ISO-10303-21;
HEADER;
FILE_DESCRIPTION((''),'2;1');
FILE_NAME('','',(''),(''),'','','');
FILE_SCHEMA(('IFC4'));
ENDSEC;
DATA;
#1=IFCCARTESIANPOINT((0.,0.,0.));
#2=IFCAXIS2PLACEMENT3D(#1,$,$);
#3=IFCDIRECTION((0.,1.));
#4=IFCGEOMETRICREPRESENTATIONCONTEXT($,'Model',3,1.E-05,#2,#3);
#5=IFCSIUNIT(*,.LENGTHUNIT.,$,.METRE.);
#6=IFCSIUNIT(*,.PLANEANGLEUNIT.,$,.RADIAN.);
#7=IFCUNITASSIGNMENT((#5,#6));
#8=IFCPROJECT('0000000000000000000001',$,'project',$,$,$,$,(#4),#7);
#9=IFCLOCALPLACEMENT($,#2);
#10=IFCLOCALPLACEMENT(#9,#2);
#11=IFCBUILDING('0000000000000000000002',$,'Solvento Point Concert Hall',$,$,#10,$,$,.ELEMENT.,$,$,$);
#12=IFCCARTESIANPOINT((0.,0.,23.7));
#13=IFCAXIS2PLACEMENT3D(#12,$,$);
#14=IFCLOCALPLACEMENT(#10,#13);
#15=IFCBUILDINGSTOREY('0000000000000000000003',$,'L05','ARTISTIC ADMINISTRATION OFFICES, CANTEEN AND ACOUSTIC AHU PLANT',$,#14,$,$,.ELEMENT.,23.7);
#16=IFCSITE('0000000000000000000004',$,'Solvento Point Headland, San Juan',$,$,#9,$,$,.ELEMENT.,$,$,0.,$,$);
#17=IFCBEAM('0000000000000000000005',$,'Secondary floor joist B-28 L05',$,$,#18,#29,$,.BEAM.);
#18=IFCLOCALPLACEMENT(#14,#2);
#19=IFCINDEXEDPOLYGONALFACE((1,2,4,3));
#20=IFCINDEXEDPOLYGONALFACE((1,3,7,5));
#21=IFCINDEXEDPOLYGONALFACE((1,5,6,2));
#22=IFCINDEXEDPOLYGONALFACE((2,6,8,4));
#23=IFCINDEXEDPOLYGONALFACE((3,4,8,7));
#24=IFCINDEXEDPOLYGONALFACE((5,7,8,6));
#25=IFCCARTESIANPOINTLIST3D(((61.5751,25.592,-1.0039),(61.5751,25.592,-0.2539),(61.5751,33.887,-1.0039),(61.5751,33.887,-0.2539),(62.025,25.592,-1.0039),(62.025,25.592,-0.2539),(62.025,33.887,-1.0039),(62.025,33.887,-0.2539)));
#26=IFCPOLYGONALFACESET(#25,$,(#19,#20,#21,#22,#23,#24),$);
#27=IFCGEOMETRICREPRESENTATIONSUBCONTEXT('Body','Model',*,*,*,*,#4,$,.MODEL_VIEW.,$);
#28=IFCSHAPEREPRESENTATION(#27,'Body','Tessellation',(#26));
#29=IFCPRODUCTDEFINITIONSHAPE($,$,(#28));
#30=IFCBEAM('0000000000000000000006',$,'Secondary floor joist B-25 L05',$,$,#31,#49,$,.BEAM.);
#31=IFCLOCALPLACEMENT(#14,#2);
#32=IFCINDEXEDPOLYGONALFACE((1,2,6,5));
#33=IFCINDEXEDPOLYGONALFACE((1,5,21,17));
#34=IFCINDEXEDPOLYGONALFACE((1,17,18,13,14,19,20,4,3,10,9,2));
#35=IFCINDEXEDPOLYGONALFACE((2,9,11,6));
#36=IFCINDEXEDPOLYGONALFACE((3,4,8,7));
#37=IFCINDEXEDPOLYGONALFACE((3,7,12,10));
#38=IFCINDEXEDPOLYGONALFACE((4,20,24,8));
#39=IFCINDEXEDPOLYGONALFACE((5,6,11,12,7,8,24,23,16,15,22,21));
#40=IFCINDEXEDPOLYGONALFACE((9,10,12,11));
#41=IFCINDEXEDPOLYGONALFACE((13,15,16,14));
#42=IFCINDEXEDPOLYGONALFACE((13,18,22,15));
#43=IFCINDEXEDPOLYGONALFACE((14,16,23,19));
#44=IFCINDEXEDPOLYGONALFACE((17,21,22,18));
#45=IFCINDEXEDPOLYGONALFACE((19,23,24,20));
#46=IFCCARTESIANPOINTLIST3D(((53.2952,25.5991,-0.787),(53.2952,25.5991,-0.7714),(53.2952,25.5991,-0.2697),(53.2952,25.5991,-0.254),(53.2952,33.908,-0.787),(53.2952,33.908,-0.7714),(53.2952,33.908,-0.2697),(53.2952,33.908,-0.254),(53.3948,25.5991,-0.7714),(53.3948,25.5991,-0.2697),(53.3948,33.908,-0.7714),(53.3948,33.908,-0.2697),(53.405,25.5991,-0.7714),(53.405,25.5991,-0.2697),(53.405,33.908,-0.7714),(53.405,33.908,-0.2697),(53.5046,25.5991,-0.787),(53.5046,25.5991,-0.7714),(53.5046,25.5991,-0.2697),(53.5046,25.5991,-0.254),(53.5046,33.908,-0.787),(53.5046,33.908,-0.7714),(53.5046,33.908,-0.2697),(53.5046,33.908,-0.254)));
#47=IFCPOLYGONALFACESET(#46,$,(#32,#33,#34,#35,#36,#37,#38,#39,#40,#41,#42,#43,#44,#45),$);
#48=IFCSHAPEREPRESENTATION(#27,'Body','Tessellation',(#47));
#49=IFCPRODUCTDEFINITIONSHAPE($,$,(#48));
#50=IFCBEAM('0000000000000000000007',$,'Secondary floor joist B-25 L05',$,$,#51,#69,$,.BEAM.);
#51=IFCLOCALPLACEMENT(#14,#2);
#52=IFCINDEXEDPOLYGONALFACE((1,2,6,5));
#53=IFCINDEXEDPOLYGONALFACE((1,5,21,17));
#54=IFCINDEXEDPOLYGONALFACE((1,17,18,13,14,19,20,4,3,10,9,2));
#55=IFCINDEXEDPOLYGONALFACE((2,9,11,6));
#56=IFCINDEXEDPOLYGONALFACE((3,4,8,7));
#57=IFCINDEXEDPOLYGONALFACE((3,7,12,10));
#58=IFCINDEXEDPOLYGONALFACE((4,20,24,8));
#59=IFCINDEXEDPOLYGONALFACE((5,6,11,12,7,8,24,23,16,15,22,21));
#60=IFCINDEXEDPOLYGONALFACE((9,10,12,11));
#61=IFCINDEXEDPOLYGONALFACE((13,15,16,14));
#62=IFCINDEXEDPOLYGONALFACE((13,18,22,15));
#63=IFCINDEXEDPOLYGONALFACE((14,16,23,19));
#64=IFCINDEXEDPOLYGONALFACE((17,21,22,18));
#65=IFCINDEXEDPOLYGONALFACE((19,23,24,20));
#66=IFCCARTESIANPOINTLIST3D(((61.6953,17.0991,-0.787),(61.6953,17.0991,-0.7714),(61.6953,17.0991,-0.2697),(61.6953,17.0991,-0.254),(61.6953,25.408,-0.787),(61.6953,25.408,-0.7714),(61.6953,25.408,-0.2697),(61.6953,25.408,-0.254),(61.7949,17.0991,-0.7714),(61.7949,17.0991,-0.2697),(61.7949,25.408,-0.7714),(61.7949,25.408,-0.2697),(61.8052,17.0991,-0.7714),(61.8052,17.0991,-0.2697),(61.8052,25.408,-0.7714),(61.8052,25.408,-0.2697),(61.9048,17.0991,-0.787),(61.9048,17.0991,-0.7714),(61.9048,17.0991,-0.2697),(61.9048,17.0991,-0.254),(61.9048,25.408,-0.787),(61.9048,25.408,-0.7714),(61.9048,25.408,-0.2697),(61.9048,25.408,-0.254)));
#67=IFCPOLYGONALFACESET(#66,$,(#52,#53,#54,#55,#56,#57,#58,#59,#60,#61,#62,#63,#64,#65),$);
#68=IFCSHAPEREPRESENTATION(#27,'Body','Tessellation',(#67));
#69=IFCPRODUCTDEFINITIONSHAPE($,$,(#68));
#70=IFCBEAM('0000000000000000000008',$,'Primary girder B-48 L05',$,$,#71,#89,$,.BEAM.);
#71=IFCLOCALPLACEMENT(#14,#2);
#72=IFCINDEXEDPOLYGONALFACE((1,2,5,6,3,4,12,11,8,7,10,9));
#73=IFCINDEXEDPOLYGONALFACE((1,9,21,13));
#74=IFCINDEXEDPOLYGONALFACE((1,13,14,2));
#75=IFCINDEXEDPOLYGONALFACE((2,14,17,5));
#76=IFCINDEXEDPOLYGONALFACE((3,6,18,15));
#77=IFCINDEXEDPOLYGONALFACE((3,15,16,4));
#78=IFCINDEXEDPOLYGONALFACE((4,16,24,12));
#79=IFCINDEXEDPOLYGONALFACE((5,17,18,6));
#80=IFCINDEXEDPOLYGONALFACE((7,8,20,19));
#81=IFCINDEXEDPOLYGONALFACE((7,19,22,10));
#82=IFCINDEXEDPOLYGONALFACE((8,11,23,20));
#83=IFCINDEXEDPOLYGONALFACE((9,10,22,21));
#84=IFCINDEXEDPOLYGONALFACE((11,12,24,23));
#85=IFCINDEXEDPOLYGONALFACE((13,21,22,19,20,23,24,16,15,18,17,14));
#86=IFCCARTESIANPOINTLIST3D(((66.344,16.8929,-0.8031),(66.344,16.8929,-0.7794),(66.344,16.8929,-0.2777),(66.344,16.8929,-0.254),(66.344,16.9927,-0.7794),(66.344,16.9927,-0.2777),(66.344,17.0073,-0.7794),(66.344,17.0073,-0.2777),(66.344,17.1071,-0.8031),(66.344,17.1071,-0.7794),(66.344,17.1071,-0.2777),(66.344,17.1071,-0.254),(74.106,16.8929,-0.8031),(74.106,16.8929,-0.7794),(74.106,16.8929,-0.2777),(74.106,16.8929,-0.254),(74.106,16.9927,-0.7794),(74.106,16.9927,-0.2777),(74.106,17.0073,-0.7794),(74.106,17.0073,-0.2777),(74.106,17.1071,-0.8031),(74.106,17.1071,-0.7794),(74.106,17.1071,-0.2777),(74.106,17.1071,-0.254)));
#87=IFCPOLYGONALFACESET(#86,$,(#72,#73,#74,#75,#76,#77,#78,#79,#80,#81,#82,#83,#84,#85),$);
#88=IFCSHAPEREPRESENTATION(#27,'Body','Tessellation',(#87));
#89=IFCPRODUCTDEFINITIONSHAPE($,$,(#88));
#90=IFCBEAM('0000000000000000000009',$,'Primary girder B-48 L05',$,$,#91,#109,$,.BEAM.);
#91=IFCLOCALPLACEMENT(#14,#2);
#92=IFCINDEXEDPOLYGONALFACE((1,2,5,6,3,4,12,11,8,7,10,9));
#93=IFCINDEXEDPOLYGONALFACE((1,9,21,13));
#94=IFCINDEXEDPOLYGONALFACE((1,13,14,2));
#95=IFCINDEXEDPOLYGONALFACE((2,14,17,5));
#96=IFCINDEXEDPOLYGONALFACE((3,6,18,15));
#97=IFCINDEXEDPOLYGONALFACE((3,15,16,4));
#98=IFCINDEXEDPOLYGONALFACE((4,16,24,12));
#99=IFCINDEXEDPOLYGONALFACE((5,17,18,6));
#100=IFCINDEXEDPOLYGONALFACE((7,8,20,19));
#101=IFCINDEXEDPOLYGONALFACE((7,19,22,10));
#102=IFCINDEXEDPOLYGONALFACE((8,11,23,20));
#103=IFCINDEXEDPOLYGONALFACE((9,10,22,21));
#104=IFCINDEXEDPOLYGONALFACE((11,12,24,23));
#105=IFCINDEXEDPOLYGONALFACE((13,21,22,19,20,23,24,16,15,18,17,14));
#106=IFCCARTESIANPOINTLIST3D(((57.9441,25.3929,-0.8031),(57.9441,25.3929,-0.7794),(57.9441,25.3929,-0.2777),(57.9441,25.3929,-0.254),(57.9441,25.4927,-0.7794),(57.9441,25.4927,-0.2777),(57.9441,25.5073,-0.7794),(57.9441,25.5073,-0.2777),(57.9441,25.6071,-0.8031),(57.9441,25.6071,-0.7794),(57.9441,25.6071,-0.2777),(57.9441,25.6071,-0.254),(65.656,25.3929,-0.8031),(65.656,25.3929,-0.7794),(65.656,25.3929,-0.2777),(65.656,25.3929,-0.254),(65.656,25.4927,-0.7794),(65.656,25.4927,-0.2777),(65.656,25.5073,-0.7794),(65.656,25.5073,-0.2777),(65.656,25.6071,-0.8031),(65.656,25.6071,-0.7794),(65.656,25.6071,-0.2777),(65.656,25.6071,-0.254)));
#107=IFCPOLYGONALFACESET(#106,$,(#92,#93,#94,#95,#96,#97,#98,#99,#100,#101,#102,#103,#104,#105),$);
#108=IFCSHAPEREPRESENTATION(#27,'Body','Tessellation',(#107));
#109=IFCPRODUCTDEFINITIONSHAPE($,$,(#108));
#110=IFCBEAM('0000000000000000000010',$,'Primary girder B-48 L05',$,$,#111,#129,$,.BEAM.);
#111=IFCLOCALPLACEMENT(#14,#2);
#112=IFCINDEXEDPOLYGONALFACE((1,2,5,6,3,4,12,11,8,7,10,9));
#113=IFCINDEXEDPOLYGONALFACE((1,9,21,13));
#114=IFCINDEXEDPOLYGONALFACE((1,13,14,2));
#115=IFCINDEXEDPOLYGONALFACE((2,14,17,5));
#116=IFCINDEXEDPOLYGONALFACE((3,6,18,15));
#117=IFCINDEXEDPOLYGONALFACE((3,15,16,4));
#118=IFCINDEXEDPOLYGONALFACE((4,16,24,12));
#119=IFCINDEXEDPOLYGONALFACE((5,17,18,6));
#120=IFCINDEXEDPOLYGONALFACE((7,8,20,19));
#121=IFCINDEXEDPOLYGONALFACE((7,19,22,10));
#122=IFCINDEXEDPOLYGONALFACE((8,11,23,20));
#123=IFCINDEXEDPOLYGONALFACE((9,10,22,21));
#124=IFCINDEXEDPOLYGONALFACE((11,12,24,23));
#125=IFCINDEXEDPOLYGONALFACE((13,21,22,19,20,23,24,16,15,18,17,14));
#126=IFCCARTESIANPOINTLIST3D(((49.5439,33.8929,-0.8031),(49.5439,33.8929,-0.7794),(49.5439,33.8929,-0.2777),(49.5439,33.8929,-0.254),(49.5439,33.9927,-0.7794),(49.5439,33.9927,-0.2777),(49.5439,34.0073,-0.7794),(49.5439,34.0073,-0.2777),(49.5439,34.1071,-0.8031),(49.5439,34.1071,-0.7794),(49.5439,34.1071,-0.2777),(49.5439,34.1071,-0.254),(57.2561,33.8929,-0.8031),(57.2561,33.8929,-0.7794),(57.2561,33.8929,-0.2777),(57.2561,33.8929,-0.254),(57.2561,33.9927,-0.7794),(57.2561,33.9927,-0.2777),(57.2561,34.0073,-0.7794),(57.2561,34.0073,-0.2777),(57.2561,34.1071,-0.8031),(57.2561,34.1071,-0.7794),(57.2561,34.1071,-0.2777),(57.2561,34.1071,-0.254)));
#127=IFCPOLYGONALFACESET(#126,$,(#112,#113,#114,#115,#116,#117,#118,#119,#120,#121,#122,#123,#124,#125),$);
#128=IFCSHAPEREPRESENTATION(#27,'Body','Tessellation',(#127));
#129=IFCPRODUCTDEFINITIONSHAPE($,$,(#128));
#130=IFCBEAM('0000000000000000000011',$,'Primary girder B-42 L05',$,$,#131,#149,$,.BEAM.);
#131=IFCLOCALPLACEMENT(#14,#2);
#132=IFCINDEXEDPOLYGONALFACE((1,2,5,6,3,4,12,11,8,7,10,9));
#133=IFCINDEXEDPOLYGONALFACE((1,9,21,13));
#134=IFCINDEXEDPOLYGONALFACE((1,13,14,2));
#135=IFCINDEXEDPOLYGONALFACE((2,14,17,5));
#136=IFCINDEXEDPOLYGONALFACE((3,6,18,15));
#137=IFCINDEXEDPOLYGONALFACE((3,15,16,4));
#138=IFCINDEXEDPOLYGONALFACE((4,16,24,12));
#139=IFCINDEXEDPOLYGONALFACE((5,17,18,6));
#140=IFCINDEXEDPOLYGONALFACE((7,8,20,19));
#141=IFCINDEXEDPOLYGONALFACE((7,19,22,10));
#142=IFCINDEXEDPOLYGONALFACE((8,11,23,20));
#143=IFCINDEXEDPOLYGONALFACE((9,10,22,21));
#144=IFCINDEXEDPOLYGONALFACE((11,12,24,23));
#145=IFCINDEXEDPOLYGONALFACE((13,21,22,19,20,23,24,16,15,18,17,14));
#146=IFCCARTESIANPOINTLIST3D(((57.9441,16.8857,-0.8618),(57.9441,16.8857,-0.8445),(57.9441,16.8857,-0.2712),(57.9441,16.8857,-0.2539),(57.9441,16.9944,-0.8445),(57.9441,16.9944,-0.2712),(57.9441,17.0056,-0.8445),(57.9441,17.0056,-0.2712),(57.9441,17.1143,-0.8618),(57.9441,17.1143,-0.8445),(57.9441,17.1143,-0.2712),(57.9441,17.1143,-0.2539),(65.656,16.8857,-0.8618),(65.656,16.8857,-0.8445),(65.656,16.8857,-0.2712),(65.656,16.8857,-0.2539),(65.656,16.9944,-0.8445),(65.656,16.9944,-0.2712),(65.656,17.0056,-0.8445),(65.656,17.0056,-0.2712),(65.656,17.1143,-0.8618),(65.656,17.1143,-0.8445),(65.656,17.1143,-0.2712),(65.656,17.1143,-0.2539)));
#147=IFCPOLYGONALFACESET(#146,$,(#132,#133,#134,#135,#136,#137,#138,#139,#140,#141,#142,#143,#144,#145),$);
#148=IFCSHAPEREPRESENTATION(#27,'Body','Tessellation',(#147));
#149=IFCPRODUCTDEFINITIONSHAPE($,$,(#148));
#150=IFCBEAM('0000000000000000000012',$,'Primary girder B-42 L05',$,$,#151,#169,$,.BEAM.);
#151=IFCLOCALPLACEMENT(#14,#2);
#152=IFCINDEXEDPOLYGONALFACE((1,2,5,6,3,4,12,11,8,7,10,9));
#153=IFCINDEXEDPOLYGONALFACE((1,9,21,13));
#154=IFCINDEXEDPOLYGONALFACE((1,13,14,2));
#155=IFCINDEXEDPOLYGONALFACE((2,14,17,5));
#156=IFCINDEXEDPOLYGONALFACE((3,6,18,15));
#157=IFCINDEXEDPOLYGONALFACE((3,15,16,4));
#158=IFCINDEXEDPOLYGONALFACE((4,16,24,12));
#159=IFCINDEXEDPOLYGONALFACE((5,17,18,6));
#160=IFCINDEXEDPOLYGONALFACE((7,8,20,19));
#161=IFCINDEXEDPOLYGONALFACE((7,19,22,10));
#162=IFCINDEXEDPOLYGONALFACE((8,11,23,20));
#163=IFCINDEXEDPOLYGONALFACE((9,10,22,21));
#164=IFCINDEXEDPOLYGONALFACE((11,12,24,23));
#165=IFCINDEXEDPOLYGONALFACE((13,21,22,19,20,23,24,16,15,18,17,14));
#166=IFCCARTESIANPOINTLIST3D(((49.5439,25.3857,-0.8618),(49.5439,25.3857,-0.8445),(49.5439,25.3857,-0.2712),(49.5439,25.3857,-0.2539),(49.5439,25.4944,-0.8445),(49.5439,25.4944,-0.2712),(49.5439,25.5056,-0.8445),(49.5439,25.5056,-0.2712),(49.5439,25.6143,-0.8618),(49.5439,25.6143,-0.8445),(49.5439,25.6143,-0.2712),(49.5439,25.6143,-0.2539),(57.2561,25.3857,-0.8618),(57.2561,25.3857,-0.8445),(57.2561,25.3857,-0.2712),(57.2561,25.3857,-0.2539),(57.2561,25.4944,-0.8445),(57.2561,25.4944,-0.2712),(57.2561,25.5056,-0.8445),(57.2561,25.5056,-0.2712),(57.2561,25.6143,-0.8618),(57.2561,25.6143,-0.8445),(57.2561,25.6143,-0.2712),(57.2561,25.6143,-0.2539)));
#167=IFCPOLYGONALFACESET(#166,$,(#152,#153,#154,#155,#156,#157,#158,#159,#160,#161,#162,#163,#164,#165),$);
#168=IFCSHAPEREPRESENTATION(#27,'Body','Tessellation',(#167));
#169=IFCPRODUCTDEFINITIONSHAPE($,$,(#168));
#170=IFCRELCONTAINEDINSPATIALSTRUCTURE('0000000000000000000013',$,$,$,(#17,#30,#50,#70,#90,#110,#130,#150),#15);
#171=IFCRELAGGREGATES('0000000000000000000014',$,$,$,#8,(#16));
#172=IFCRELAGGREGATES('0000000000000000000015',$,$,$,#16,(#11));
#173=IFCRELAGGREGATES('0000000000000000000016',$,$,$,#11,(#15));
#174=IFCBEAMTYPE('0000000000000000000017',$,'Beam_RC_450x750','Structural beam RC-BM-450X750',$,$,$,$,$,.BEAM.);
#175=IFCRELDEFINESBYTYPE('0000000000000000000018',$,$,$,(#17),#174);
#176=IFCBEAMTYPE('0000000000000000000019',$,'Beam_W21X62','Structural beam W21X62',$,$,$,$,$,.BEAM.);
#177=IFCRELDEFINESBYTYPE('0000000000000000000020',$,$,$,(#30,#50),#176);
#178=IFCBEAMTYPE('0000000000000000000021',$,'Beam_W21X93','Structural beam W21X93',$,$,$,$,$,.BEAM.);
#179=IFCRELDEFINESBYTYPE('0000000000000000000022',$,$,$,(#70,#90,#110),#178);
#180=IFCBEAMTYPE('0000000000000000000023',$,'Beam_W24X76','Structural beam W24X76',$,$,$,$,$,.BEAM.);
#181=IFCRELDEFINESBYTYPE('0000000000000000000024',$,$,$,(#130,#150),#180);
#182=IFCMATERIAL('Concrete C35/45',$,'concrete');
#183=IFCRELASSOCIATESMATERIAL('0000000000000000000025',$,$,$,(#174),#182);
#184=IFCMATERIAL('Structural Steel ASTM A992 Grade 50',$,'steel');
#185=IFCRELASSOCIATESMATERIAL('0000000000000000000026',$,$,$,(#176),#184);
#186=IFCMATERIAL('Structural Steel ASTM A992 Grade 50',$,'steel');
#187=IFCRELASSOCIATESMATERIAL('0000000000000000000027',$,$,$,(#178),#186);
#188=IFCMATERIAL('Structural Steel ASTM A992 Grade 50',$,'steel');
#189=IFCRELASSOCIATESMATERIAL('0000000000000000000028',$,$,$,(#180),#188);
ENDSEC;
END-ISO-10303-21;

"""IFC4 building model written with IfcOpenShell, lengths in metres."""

from ifc_helpers import new_model, si_unit, direction, frame, origin, origin_2d, place, context, subcontext, project, spatial, rectangle, i_section, extrude, material, material_profile, profile_set, type_object, element, save


model = new_model("IFC4")

# Units and contexts
model_context = context("Model", 3, precision=1e-05, world=origin(), true_north=direction((0.0, 1.0)))
body_context = subcontext(model_context, "Body", "Model", "MODEL_VIEW")
ifc_project = project(units=[si_unit("LENGTHUNIT", "METRE"), si_unit("PLANEANGLEUNIT", "RADIAN")], contexts=[model_context])

# Site, building, storey
site_placement = place(None, origin())
site = spatial("IfcSite", under=ifc_project, at=site_placement, Name="Solvento Point Headland, San Juan", CompositionType="ELEMENT", RefElevation=0.0)
building_placement = place(site_placement, origin())
building = spatial("IfcBuilding", under=site, at=building_placement, Name="Solvento Point Concert Hall", CompositionType="ELEMENT")
storey_placement = place(building_placement, frame((0.0, 0.0, 23.7)))
storey = spatial("IfcBuildingStorey", under=building, at=storey_placement, Name="L05", Description="ARTISTIC ADMINISTRATION OFFICES, CANTEEN AND ACOUSTIC AHU PLANT", CompositionType="ELEMENT", Elevation=23.7)

# Beams
ifc_material_1 = material(Name="Concrete C35/45", Category="concrete")
ifc_material_profile_1 = material_profile(ifc_material_1, rectangle(XDim=0.45, YDim=0.75, at=origin_2d()), Name="RC-BM-450X750")
ifc_profile_set_1 = profile_set([ifc_material_profile_1], Name="Concrete C35/45")
beam_type_1 = type_object("IfcBeamType", Name="Beam_RC_450x750", Description="Structural beam RC-BM-450X750", PredefinedType="BEAM", material=ifc_profile_set_1)
beam_1_placement = place(storey_placement, frame((61.8, 25.592, -0.6289), z_axis=(0.0, 1.0, 0.0), x_axis=(-1.0, 0.0, 0.0)))
element("IfcBeam", 1, at=beam_1_placement, inside=storey, type_object=beam_type_1, Name="Secondary floor joist B-28 L05", PredefinedType="BEAM", context=body_context, shape_type="SweptSolid", body=[
    extrude(rectangle(XDim=0.45, YDim=0.75, at=origin_2d()), origin(), (0.0, 0.0, 1.0), 8.2949),
])
ifc_material_2 = material(Name="Structural Steel ASTM A992 Grade 50", Category="steel")
ifc_material_profile_2 = material_profile(ifc_material_2, i_section(OverallWidth=0.2095, OverallDepth=0.533, WebThickness=0.0103, FlangeThickness=0.0156, at=origin_2d()), Name="W21X62")
ifc_profile_set_2 = profile_set([ifc_material_profile_2], Name="Structural Steel ASTM A992 Grade 50")
beam_type_2 = type_object("IfcBeamType", Name="Beam_W21X62", Description="Structural beam W21X62", PredefinedType="BEAM", material=ifc_profile_set_2)
for number, where, z_axis, x_axis, name in (
    (2, (53.3999, 25.5991, -0.5205), (0.0, 1.0, 0.0), (-1.0, 0.0, 0.0), "Secondary floor joist B-25 L05"),
    (3, (61.8, 17.0991, -0.5205), (0.0, 1.0, 0.0), (-1.0, 0.0, 0.0), "Secondary floor joist B-25 L05"),
):
    element("IfcBeam", number, at=place(storey_placement, frame(where, z_axis=z_axis, x_axis=x_axis)), inside=storey, type_object=beam_type_2, Name=name, PredefinedType="BEAM", context=body_context, shape_type="SweptSolid", body=[
        extrude(i_section(OverallWidth=0.2095, OverallDepth=0.533, WebThickness=0.0103, FlangeThickness=0.0156, at=origin_2d()), origin(), (0.0, 0.0, 1.0), 8.3088),
    ])
ifc_material_3 = material(Name="Structural Steel ASTM A992 Grade 50", Category="steel")
ifc_material_profile_3 = material_profile(ifc_material_3, i_section(OverallWidth=0.2141, OverallDepth=0.5491, WebThickness=0.0146, FlangeThickness=0.0237, at=origin_2d()), Name="W21X93")
ifc_profile_set_3 = profile_set([ifc_material_profile_3], Name="Structural Steel ASTM A992 Grade 50")
beam_type_3 = type_object("IfcBeamType", Name="Beam_W21X93", Description="Structural beam W21X93", PredefinedType="BEAM", material=ifc_profile_set_3)
beam_2_placement = place(storey_placement, frame((66.344, 17.0, -0.5286), z_axis=(1.0, 0.0, 0.0), x_axis=(0.0, 1.0, 0.0)))
element("IfcBeam", 4, at=beam_2_placement, inside=storey, type_object=beam_type_3, Name="Primary girder B-48 L05", PredefinedType="BEAM", context=body_context, shape_type="SweptSolid", body=[
    extrude(i_section(OverallWidth=0.2141, OverallDepth=0.5491, WebThickness=0.0146, FlangeThickness=0.0237, at=origin_2d()), origin(), (0.0, 0.0, 1.0), 7.762),
])
beam_3_placement = place(storey_placement, frame((57.9441, 25.5, -0.5286), z_axis=(1.0, 0.0, 0.0), x_axis=(0.0, 1.0, 0.0)))
element("IfcBeam", 5, at=beam_3_placement, inside=storey, type_object=beam_type_3, Name="Primary girder B-48 L05", PredefinedType="BEAM", context=body_context, shape_type="SweptSolid", body=[
    extrude(i_section(OverallWidth=0.2141, OverallDepth=0.5491, WebThickness=0.0146, FlangeThickness=0.0237, at=origin_2d()), origin(), (0.0, 0.0, 1.0), 7.7119),
])
beam_4_placement = place(storey_placement, frame((49.5439, 34.0, -0.5286), z_axis=(1.0, 0.0, 0.0), x_axis=(0.0, 1.0, 0.0)))
element("IfcBeam", 6, at=beam_4_placement, inside=storey, type_object=beam_type_3, Name="Primary girder B-48 L05", PredefinedType="BEAM", context=body_context, shape_type="SweptSolid", body=[
    extrude(i_section(OverallWidth=0.2141, OverallDepth=0.5491, WebThickness=0.0146, FlangeThickness=0.0237, at=origin_2d()), origin(), (0.0, 0.0, 1.0), 7.7122),
])
ifc_material_4 = material(Name="Structural Steel ASTM A992 Grade 50", Category="steel")
ifc_material_profile_4 = material_profile(ifc_material_4, i_section(OverallWidth=0.2285, OverallDepth=0.6079, WebThickness=0.0112, FlangeThickness=0.0173, at=origin_2d()), Name="W24X76")
ifc_profile_set_4 = profile_set([ifc_material_profile_4], Name="Structural Steel ASTM A992 Grade 50")
beam_type_4 = type_object("IfcBeamType", Name="Beam_W24X76", Description="Structural beam W24X76", PredefinedType="BEAM", material=ifc_profile_set_4)
beam_5_placement = place(storey_placement, frame((57.9441, 17.0, -0.5579), z_axis=(1.0, 0.0, 0.0), x_axis=(0.0, 1.0, 0.0)))
element("IfcBeam", 7, at=beam_5_placement, inside=storey, type_object=beam_type_4, Name="Primary girder B-42 L05", PredefinedType="BEAM", context=body_context, shape_type="SweptSolid", body=[
    extrude(i_section(OverallWidth=0.2285, OverallDepth=0.6079, WebThickness=0.0112, FlangeThickness=0.0173, at=origin_2d()), origin(), (0.0, 0.0, 1.0), 7.7119),
])
beam_6_placement = place(storey_placement, frame((49.5439, 25.5, -0.5579), z_axis=(1.0, 0.0, 0.0), x_axis=(0.0, 1.0, 0.0)))
element("IfcBeam", 8, at=beam_6_placement, inside=storey, type_object=beam_type_4, Name="Primary girder B-42 L05", PredefinedType="BEAM", context=body_context, shape_type="SweptSolid", body=[
    extrude(i_section(OverallWidth=0.2285, OverallDepth=0.6079, WebThickness=0.0112, FlangeThickness=0.0173, at=origin_2d()), origin(), (0.0, 0.0, 1.0), 7.7122),
])

save(model, "model.ifc")
